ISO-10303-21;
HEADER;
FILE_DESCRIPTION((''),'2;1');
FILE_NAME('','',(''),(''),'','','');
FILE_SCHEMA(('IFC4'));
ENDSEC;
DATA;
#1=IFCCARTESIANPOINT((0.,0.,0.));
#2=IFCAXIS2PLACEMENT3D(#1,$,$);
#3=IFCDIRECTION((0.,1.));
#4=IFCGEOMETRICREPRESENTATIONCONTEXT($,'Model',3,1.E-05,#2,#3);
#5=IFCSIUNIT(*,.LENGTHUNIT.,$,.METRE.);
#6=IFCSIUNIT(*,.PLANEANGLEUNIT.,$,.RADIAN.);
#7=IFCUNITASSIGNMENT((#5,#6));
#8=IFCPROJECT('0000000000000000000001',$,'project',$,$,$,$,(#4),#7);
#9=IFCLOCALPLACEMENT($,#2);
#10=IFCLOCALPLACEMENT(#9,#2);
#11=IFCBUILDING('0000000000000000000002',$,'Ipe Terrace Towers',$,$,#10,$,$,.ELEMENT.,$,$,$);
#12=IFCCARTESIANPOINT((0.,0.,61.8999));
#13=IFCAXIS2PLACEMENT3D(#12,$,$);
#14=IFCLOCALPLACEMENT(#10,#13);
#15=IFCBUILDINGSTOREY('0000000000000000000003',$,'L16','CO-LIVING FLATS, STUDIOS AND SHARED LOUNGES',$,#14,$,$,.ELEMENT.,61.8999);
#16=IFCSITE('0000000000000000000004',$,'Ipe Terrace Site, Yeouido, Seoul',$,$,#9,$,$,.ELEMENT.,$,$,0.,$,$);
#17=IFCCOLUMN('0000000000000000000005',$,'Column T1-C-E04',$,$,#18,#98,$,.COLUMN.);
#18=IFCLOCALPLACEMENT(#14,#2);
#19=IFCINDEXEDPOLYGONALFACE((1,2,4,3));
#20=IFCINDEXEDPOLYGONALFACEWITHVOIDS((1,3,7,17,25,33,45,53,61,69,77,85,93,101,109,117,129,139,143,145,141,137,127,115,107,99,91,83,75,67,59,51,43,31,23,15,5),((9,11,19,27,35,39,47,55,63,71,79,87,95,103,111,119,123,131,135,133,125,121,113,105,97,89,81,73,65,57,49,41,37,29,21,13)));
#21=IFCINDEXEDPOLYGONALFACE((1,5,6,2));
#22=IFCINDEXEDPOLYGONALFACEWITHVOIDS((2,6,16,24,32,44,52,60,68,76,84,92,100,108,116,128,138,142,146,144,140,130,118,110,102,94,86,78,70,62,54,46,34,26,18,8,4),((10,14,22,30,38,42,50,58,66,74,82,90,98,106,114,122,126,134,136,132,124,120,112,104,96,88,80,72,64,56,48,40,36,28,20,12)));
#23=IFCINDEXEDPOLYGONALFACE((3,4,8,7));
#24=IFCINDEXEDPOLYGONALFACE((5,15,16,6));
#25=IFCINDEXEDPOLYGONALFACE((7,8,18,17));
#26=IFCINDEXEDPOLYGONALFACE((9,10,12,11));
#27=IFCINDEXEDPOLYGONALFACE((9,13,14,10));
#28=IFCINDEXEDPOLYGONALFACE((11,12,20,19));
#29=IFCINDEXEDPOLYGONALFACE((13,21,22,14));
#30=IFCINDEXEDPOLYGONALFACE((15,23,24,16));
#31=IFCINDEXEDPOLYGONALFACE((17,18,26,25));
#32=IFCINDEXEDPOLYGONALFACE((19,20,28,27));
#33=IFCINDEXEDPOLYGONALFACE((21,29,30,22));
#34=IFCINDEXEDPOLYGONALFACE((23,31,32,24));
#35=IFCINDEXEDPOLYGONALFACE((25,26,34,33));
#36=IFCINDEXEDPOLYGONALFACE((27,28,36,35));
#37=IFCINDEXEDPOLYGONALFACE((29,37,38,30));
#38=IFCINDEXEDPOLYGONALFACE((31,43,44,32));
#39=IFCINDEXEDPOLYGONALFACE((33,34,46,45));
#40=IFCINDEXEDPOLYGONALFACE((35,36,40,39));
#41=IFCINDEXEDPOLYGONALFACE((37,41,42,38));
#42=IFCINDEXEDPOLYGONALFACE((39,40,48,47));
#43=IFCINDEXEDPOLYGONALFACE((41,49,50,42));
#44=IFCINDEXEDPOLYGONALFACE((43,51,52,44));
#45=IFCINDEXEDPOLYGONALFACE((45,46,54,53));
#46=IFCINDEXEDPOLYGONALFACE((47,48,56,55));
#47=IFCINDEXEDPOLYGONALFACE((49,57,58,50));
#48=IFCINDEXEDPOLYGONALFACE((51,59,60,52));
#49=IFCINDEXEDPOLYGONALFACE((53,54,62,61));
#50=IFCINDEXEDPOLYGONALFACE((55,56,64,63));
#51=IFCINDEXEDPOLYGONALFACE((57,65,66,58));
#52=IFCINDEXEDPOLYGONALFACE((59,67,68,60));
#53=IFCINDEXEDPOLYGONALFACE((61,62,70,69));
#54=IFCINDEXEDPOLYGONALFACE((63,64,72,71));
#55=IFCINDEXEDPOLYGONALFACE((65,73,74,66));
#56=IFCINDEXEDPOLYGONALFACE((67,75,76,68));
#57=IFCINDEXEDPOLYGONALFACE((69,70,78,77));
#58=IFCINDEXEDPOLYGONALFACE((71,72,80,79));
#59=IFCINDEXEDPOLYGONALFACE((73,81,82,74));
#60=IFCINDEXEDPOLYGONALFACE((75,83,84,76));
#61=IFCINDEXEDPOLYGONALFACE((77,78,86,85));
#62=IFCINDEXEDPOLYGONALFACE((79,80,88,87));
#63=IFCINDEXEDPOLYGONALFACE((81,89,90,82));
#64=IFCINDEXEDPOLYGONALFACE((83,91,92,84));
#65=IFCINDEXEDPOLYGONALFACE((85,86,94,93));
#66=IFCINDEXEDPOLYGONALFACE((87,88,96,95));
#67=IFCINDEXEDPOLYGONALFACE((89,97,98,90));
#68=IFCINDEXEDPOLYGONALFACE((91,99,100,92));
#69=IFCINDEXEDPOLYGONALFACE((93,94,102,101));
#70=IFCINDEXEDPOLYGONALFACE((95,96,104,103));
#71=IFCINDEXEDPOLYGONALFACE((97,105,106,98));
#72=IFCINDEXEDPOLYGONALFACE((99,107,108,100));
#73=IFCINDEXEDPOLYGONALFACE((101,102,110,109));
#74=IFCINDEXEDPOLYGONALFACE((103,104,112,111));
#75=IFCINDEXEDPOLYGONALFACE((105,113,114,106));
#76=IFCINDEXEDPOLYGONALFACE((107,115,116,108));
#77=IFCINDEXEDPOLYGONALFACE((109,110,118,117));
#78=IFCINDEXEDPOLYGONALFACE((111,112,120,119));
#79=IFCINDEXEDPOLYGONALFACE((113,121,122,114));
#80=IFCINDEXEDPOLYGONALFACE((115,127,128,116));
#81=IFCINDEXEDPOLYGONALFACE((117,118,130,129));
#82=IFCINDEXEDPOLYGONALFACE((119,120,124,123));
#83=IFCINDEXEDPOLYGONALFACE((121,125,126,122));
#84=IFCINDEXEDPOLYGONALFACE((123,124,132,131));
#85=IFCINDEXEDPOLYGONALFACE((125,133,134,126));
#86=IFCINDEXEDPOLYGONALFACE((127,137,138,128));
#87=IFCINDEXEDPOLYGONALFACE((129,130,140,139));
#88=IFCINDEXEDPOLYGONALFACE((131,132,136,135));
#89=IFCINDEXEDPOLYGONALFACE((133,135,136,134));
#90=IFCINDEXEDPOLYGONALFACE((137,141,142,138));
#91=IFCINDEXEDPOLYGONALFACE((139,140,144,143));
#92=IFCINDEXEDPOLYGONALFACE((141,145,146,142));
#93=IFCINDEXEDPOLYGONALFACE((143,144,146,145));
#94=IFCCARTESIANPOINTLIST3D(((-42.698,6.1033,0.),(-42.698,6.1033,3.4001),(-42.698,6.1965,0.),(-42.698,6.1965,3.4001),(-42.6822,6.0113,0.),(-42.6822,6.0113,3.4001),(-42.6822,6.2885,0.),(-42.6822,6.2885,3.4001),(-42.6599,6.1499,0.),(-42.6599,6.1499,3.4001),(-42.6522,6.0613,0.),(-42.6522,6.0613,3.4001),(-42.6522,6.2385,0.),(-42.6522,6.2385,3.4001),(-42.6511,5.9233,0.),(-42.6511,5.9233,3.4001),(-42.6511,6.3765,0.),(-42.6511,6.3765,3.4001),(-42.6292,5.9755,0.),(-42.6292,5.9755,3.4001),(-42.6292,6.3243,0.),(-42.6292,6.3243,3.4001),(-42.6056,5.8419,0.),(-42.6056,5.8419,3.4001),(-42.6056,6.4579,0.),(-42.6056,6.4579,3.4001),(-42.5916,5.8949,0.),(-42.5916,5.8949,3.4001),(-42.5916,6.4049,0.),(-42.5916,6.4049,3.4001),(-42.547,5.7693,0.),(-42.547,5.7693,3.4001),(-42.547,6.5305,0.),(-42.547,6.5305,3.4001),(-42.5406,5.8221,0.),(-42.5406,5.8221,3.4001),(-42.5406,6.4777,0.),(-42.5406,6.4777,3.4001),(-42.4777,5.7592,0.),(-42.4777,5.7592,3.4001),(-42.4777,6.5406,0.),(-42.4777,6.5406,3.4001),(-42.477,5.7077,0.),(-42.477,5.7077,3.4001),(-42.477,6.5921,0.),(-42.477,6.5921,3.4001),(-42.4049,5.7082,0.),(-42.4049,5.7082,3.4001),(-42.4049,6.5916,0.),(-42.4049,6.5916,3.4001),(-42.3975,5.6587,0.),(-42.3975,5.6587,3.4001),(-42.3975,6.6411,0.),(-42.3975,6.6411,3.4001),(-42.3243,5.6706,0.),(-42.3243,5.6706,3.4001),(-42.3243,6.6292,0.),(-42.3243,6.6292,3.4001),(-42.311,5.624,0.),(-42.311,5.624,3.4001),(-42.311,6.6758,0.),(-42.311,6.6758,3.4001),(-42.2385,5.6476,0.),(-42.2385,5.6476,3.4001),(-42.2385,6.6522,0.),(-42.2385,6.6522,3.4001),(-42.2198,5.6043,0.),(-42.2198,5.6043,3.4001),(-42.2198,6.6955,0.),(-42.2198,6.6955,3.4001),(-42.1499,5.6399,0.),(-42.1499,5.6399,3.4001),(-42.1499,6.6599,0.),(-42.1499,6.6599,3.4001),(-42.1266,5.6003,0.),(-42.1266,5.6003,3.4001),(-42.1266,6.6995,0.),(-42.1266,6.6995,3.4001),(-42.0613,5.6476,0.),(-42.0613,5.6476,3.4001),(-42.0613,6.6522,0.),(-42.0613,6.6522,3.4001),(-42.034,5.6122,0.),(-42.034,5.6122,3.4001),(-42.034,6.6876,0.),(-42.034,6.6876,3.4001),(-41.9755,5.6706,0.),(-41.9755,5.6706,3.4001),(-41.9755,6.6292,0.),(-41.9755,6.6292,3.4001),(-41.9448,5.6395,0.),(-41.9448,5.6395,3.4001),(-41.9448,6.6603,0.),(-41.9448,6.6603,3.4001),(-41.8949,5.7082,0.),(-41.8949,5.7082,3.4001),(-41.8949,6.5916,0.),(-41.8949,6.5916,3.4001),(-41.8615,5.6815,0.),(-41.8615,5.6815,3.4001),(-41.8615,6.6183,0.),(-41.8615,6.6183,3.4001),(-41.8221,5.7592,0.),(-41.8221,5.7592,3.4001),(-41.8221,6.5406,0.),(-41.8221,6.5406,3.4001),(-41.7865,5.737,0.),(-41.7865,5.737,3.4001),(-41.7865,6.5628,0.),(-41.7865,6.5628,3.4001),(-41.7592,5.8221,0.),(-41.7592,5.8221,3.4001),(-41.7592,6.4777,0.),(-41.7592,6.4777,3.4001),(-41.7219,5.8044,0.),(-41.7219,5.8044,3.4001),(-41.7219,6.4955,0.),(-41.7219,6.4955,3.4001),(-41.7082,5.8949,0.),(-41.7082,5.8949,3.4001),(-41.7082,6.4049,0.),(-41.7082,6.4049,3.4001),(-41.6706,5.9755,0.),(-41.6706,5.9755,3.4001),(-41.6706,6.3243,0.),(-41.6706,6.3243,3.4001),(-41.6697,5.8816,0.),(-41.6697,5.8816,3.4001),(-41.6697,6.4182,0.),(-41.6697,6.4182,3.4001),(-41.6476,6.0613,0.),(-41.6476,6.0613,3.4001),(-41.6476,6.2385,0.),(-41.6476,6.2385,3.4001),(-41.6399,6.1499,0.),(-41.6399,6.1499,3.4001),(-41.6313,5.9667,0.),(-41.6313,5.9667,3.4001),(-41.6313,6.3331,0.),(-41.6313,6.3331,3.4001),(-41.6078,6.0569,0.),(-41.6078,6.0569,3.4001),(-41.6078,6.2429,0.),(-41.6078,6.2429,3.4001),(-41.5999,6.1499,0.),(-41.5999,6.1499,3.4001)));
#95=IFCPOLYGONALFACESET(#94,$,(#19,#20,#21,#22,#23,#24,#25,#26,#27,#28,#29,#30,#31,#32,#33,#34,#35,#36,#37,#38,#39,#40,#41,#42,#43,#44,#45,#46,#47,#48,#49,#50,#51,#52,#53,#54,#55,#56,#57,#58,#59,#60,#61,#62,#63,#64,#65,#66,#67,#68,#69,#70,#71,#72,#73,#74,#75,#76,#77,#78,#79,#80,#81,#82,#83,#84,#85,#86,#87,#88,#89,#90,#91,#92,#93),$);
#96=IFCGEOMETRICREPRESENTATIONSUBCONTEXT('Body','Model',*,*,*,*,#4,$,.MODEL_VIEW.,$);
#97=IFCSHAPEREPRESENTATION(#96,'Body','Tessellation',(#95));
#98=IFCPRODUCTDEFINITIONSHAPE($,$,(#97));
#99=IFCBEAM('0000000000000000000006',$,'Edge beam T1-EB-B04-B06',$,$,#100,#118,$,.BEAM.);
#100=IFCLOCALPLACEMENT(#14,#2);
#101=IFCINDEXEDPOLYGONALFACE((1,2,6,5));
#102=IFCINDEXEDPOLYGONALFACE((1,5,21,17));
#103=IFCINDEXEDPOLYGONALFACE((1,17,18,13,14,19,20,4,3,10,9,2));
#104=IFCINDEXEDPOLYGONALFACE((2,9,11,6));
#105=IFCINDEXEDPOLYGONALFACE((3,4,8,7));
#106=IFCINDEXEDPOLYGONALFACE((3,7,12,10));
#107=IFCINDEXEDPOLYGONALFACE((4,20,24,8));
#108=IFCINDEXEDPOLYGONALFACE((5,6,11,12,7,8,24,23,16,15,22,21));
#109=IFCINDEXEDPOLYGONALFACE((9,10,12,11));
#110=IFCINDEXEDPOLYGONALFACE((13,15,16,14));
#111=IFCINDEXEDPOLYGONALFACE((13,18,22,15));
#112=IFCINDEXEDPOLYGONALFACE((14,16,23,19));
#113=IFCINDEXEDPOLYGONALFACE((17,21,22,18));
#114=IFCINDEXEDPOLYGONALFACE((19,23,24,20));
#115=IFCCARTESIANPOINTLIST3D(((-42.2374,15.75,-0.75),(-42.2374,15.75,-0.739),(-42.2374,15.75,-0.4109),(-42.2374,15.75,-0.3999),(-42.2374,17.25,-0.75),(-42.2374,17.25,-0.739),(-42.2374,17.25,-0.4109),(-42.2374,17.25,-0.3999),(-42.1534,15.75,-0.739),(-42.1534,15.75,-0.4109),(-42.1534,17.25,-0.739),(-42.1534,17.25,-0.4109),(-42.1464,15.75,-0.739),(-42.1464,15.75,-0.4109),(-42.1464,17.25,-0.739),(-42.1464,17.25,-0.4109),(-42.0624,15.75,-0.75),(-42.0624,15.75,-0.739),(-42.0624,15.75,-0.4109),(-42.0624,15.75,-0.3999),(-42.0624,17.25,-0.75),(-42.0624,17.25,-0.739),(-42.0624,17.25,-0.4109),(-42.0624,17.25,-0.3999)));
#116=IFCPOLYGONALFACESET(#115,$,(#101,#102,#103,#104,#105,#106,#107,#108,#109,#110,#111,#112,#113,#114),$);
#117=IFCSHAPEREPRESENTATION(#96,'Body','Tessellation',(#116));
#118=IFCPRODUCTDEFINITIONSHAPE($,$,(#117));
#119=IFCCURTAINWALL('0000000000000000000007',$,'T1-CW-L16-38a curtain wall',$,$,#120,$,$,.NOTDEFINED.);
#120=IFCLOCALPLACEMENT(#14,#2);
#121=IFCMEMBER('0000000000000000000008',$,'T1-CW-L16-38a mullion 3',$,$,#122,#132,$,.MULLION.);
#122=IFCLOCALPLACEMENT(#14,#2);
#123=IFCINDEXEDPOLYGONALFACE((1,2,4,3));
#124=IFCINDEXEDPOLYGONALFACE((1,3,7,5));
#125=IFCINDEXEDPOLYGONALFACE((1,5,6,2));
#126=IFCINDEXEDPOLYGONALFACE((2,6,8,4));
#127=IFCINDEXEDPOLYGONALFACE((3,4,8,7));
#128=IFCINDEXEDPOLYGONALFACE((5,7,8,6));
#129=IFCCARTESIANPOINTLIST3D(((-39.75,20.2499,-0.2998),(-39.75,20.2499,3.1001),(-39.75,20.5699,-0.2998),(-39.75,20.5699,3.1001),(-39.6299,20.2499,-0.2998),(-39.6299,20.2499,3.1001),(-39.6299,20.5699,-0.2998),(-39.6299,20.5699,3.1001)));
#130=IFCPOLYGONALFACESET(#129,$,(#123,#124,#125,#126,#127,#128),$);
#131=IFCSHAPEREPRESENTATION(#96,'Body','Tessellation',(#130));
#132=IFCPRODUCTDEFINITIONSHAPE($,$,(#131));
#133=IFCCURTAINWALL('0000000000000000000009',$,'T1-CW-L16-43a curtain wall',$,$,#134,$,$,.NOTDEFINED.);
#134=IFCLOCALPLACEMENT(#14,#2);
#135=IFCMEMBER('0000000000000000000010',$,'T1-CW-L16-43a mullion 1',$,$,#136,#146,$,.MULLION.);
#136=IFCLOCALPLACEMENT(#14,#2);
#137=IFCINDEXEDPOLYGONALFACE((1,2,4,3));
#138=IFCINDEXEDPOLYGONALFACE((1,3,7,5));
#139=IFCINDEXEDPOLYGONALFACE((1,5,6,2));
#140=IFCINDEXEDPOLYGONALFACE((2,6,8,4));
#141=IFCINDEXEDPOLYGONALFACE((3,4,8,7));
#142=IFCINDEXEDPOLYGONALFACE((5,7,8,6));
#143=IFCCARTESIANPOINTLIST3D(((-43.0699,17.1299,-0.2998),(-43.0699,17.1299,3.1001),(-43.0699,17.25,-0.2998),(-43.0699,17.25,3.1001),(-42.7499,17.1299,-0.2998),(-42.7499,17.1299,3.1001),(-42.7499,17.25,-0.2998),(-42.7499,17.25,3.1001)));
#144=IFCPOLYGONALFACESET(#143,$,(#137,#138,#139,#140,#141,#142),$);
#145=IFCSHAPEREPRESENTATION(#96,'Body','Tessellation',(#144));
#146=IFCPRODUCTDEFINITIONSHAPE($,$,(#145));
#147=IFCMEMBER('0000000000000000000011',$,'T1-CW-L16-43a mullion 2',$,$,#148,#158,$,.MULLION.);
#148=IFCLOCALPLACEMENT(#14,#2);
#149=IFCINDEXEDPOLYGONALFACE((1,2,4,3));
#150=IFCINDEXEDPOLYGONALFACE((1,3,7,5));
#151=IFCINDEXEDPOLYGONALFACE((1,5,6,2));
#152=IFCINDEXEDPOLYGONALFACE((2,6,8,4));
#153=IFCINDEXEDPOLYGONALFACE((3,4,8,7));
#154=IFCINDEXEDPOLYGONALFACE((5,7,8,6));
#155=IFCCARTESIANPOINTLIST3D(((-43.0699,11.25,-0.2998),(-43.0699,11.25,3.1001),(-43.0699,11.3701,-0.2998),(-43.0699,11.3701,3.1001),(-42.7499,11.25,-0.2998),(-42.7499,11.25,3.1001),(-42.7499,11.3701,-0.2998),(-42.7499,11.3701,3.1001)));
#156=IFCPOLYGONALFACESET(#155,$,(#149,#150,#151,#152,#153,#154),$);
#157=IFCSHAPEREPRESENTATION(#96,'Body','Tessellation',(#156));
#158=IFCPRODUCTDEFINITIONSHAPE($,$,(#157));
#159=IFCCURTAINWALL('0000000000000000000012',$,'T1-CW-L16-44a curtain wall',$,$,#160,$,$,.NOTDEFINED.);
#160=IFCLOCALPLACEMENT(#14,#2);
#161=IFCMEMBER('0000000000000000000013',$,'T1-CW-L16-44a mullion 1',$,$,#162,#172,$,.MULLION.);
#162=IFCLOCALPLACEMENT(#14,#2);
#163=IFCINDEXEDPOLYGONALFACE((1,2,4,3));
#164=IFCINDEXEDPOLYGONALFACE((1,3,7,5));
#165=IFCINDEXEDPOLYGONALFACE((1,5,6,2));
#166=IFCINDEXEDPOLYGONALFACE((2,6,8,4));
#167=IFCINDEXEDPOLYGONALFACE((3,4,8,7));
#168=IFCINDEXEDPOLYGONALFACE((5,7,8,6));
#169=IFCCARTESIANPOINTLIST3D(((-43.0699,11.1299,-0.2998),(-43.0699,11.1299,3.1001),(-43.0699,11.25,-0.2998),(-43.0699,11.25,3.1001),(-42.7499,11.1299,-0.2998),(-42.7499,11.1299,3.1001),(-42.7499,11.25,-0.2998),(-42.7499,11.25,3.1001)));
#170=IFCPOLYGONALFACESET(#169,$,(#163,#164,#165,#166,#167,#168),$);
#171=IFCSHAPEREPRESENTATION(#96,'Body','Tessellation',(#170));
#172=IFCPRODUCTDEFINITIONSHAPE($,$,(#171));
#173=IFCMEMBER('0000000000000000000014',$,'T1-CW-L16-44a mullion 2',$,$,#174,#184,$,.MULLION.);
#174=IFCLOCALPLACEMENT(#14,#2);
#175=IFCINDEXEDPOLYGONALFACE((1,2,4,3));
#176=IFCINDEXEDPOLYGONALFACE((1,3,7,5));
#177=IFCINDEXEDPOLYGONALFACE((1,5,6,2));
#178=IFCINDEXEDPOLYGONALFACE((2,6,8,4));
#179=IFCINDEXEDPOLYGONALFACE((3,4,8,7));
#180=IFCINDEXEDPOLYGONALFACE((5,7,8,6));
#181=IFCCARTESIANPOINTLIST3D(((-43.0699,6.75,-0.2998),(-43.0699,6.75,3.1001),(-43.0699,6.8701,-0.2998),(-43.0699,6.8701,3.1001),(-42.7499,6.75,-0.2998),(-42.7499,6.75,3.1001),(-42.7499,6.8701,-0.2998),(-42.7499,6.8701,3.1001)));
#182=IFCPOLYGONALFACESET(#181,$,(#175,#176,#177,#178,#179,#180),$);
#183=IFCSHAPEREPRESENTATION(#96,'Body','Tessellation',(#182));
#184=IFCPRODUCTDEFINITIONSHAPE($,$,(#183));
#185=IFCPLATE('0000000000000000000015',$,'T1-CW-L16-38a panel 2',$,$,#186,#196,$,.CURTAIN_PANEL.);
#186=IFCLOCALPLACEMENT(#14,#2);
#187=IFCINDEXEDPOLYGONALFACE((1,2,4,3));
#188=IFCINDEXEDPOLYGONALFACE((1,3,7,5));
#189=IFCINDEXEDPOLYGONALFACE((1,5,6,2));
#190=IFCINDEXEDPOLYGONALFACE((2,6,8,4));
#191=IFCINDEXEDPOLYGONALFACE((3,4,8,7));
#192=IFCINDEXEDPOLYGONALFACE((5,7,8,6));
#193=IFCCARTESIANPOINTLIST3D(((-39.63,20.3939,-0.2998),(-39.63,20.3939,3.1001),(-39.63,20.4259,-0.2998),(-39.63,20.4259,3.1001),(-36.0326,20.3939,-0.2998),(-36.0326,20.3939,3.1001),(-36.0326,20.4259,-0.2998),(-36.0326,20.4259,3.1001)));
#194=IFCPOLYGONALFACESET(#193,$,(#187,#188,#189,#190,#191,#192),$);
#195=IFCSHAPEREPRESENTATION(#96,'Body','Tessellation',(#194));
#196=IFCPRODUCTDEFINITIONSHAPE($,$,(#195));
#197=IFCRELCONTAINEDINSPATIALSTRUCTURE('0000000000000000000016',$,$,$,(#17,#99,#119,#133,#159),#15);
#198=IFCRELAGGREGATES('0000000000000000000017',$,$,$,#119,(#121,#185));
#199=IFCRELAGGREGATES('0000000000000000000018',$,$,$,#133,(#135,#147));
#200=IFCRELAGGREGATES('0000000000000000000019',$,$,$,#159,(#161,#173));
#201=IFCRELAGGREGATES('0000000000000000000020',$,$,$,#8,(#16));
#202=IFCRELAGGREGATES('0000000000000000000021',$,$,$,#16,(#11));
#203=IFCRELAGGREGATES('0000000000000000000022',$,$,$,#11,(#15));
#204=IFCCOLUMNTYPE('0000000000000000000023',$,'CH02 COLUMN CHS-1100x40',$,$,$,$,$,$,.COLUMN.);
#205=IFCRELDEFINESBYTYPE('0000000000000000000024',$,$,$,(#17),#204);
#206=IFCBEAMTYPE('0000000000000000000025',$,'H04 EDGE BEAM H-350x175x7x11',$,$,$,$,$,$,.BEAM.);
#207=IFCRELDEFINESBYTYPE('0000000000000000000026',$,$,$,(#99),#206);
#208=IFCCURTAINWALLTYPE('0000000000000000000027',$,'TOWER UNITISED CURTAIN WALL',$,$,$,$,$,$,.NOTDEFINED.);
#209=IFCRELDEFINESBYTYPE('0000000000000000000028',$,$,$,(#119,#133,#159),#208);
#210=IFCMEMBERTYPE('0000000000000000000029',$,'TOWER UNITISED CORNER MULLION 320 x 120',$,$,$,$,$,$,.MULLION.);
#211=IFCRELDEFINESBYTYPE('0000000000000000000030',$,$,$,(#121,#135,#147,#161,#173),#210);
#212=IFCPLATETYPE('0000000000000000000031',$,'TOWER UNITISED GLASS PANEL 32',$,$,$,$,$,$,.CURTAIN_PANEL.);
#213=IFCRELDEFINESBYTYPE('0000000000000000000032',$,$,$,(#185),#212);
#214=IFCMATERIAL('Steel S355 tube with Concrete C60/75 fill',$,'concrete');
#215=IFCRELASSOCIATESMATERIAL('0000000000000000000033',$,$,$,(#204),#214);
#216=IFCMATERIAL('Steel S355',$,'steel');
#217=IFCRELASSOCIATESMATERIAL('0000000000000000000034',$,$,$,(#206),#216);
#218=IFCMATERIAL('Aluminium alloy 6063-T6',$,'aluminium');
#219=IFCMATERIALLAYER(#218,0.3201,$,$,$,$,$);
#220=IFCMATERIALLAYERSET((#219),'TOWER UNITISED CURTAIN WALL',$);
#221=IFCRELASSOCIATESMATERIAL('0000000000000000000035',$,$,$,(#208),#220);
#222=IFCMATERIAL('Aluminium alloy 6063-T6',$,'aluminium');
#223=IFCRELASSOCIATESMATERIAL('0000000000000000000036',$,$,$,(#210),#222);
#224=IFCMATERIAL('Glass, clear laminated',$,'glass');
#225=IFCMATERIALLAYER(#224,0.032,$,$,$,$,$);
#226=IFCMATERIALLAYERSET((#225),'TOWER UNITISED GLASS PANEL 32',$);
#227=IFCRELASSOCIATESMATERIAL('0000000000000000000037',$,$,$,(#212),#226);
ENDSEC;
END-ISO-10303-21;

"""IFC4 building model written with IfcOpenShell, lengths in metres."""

from ifc_helpers import new_model, si_unit, direction, frame, origin, origin_2d, place, context, subcontext, project, spatial, rectangle, hollow_circle, i_section, extrude, material, layer, layer_set, material_profile, profile_set, type_object, element, aggregate, save


model = new_model("IFC4")

# Units and contexts
model_context = context("Model", 3, precision=1e-05, world=origin(), true_north=direction((0.0, 1.0)))
body_context = subcontext(model_context, "Body", "Model", "MODEL_VIEW")
ifc_project = project(units=[si_unit("LENGTHUNIT", "METRE"), si_unit("PLANEANGLEUNIT", "RADIAN")], contexts=[model_context])

# Site, building, storey
site_placement = place(None, origin())
site = spatial("IfcSite", under=ifc_project, at=site_placement, Name="Ipe Terrace Site, Yeouido, Seoul", CompositionType="ELEMENT", RefElevation=0.0)
building_placement = place(site_placement, origin())
building = spatial("IfcBuilding", under=site, at=building_placement, Name="Ipe Terrace Towers", CompositionType="ELEMENT")
storey_placement = place(building_placement, frame((0.0, 0.0, 61.8999)))
storey = spatial("IfcBuildingStorey", under=building, at=storey_placement, Name="L16", Description="CO-LIVING FLATS, STUDIOS AND SHARED LOUNGES", CompositionType="ELEMENT", Elevation=61.8999)

# Column
ifc_material_1 = material(Name="Steel S355 tube with Concrete C60/75 fill", Category="concrete")
ifc_material_profile_1 = material_profile(ifc_material_1, hollow_circle(Radius=0.55, WallThickness=0.04, at=origin_2d()), Name="CHS-1100x40")
ifc_profile_set_1 = profile_set([ifc_material_profile_1], Name="Steel S355 tube with Concrete C60/75 fill")
column_type_1 = type_object("IfcColumnType", Name="CH02 COLUMN CHS-1100x40", PredefinedType="COLUMN", material=ifc_profile_set_1)
column_placement = place(storey_placement, frame((-42.1499, 6.1499, 0.0), z_axis=(0.0, 0.0, 1.0), x_axis=(1.0, 0.0, 0.0)))
element("IfcColumn", 1, at=column_placement, inside=storey, type_object=column_type_1, Name="Column T1-C-E04", PredefinedType="COLUMN", context=body_context, shape_type="SweptSolid", body=[
    extrude(hollow_circle(Radius=0.55, WallThickness=0.04, at=origin_2d()), origin(), (0.0, 0.0, 1.0), 3.4001),
])

# Beam
ifc_material_2 = material(Name="Steel S355", Category="steel")
ifc_material_profile_2 = material_profile(ifc_material_2, i_section(OverallWidth=0.175, OverallDepth=0.3501, WebThickness=0.0071, FlangeThickness=0.011, at=origin_2d()), Name="H-350x175x7x11")
ifc_profile_set_2 = profile_set([ifc_material_profile_2], Name="Steel S355")
beam_type = type_object("IfcBeamType", Name="H04 EDGE BEAM H-350x175x7x11", PredefinedType="BEAM", material=ifc_profile_set_2)
beam_placement = place(storey_placement, frame((-42.1499, 15.75, -0.575), z_axis=(0.0, 1.0, 0.0), x_axis=(-1.0, 0.0, 0.0)))
element("IfcBeam", 2, at=beam_placement, inside=storey, type_object=beam_type, Name="Edge beam T1-EB-B04-B06", PredefinedType="BEAM", context=body_context, shape_type="SweptSolid", body=[
    extrude(i_section(OverallWidth=0.175, OverallDepth=0.3501, WebThickness=0.0071, FlangeThickness=0.011, at=origin_2d()), origin(), (0.0, 0.0, 1.0), 1.5),
])

# Curtain wall, member
ifc_material_3 = material(Name="Aluminium alloy 6063-T6", Category="aluminium")
ifc_layer_1 = layer(ifc_material_3, 0.3201)
ifc_layer_set_1 = layer_set([ifc_layer_1], Name="TOWER UNITISED CURTAIN WALL")
curtain_wall_type = type_object("IfcCurtainWallType", Name="TOWER UNITISED CURTAIN WALL", PredefinedType="NOTDEFINED", material=ifc_layer_set_1)
curtain_wall_1_placement = place(storey_placement, origin())
curtain_wall_1 = element("IfcCurtainWall", 3, at=curtain_wall_1_placement, inside=storey, type_object=curtain_wall_type, Name="T1-CW-L16-38a curtain wall", PredefinedType="NOTDEFINED")
ifc_material_4 = material(Name="Aluminium alloy 6063-T6", Category="aluminium")
ifc_material_profile_3 = material_profile(ifc_material_4, rectangle(XDim=0.3201, YDim=0.1201, at=origin_2d()), Name="TOWER UNITISED CORNER MULLION 320 x 120")
ifc_profile_set_3 = profile_set([ifc_material_profile_3], Name="Aluminium alloy 6063-T6")
member_type = type_object("IfcMemberType", Name="TOWER UNITISED CORNER MULLION 320 x 120", PredefinedType="MULLION", material=ifc_profile_set_3)
member_1_placement = place(storey_placement, frame((-39.6899, 20.4099, -0.2998), z_axis=(0.0, 0.0, 1.0), x_axis=(0.0, 1.0, 0.0)))
member_1 = element("IfcMember", 4, at=member_1_placement, type_object=member_type, Name="T1-CW-L16-38a mullion 3", PredefinedType="MULLION", context=body_context, shape_type="SweptSolid", body=[
    extrude(rectangle(XDim=0.3201, YDim=0.1201, at=origin_2d()), origin(), (0.0, 0.0, 1.0), 3.3999),
])

# Curtain walls, members
curtain_wall_2_placement = place(storey_placement, origin())
curtain_wall_2 = element("IfcCurtainWall", 5, at=curtain_wall_2_placement, inside=storey, type_object=curtain_wall_type, Name="T1-CW-L16-43a curtain wall", PredefinedType="NOTDEFINED")
member_2_placement = place(storey_placement, frame((-42.9099, 17.1899, -0.2998), z_axis=(0.0, 0.0, 1.0), x_axis=(-1.0, 0.0, 0.0)))
member_2 = element("IfcMember", 6, at=member_2_placement, type_object=member_type, Name="T1-CW-L16-43a mullion 1", PredefinedType="MULLION", context=body_context, shape_type="SweptSolid", body=[
    extrude(rectangle(XDim=0.3201, YDim=0.1201, at=origin_2d()), origin(), (0.0, 0.0, 1.0), 3.3999),
])
member_3_placement = place(storey_placement, frame((-42.9099, 11.3101, -0.2998), z_axis=(0.0, 0.0, 1.0), x_axis=(-1.0, 0.0, 0.0)))
member_3 = element("IfcMember", 7, at=member_3_placement, type_object=member_type, Name="T1-CW-L16-43a mullion 2", PredefinedType="MULLION", context=body_context, shape_type="SweptSolid", body=[
    extrude(rectangle(XDim=0.3201, YDim=0.1201, at=origin_2d()), origin(), (0.0, 0.0, 1.0), 3.3999),
])
curtain_wall_3_placement = place(storey_placement, origin())
curtain_wall_3 = element("IfcCurtainWall", 8, at=curtain_wall_3_placement, inside=storey, type_object=curtain_wall_type, Name="T1-CW-L16-44a curtain wall", PredefinedType="NOTDEFINED")
member_4_placement = place(storey_placement, frame((-42.9099, 11.1899, -0.2998), z_axis=(0.0, 0.0, 1.0), x_axis=(-1.0, 0.0, 0.0)))
member_4 = element("IfcMember", 9, at=member_4_placement, type_object=member_type, Name="T1-CW-L16-44a mullion 1", PredefinedType="MULLION", context=body_context, shape_type="SweptSolid", body=[
    extrude(rectangle(XDim=0.3201, YDim=0.1201, at=origin_2d()), origin(), (0.0, 0.0, 1.0), 3.3999),
])
member_5_placement = place(storey_placement, frame((-42.9099, 6.8101, -0.2998), z_axis=(0.0, 0.0, 1.0), x_axis=(-1.0, 0.0, 0.0)))
member_5 = element("IfcMember", 10, at=member_5_placement, type_object=member_type, Name="T1-CW-L16-44a mullion 2", PredefinedType="MULLION", context=body_context, shape_type="SweptSolid", body=[
    extrude(rectangle(XDim=0.3201, YDim=0.1201, at=origin_2d()), origin(), (0.0, 0.0, 1.0), 3.3999),
])

# Plate
ifc_material_5 = material(Name="Glass, clear laminated", Category="glass")
ifc_layer_2 = layer(ifc_material_5, 0.032)
ifc_layer_set_2 = layer_set([ifc_layer_2], Name="TOWER UNITISED GLASS PANEL 32")
plate_type = type_object("IfcPlateType", Name="TOWER UNITISED GLASS PANEL 32", PredefinedType="CURTAIN_PANEL", material=ifc_layer_set_2)
plate_1_placement = place(storey_placement, frame((-37.8313, 20.4099, -0.2998), z_axis=(0.0, 0.0, 1.0), x_axis=(-1.0, 0.0, 0.0)))
plate_1 = element("IfcPlate", 11, at=plate_1_placement, type_object=plate_type, Name="T1-CW-L16-38a panel 2", PredefinedType="CURTAIN_PANEL", context=body_context, shape_type="SweptSolid", body=[
    extrude(rectangle(XDim=3.5974, YDim=0.032, at=origin_2d()), origin(), (0.0, 0.0, 1.0), 3.3999),
])
aggregate(curtain_wall_1, [member_1, plate_1])
aggregate(curtain_wall_2, [member_2, member_3])
aggregate(curtain_wall_3, [member_4, member_5])

save(model, "model.ifc")
